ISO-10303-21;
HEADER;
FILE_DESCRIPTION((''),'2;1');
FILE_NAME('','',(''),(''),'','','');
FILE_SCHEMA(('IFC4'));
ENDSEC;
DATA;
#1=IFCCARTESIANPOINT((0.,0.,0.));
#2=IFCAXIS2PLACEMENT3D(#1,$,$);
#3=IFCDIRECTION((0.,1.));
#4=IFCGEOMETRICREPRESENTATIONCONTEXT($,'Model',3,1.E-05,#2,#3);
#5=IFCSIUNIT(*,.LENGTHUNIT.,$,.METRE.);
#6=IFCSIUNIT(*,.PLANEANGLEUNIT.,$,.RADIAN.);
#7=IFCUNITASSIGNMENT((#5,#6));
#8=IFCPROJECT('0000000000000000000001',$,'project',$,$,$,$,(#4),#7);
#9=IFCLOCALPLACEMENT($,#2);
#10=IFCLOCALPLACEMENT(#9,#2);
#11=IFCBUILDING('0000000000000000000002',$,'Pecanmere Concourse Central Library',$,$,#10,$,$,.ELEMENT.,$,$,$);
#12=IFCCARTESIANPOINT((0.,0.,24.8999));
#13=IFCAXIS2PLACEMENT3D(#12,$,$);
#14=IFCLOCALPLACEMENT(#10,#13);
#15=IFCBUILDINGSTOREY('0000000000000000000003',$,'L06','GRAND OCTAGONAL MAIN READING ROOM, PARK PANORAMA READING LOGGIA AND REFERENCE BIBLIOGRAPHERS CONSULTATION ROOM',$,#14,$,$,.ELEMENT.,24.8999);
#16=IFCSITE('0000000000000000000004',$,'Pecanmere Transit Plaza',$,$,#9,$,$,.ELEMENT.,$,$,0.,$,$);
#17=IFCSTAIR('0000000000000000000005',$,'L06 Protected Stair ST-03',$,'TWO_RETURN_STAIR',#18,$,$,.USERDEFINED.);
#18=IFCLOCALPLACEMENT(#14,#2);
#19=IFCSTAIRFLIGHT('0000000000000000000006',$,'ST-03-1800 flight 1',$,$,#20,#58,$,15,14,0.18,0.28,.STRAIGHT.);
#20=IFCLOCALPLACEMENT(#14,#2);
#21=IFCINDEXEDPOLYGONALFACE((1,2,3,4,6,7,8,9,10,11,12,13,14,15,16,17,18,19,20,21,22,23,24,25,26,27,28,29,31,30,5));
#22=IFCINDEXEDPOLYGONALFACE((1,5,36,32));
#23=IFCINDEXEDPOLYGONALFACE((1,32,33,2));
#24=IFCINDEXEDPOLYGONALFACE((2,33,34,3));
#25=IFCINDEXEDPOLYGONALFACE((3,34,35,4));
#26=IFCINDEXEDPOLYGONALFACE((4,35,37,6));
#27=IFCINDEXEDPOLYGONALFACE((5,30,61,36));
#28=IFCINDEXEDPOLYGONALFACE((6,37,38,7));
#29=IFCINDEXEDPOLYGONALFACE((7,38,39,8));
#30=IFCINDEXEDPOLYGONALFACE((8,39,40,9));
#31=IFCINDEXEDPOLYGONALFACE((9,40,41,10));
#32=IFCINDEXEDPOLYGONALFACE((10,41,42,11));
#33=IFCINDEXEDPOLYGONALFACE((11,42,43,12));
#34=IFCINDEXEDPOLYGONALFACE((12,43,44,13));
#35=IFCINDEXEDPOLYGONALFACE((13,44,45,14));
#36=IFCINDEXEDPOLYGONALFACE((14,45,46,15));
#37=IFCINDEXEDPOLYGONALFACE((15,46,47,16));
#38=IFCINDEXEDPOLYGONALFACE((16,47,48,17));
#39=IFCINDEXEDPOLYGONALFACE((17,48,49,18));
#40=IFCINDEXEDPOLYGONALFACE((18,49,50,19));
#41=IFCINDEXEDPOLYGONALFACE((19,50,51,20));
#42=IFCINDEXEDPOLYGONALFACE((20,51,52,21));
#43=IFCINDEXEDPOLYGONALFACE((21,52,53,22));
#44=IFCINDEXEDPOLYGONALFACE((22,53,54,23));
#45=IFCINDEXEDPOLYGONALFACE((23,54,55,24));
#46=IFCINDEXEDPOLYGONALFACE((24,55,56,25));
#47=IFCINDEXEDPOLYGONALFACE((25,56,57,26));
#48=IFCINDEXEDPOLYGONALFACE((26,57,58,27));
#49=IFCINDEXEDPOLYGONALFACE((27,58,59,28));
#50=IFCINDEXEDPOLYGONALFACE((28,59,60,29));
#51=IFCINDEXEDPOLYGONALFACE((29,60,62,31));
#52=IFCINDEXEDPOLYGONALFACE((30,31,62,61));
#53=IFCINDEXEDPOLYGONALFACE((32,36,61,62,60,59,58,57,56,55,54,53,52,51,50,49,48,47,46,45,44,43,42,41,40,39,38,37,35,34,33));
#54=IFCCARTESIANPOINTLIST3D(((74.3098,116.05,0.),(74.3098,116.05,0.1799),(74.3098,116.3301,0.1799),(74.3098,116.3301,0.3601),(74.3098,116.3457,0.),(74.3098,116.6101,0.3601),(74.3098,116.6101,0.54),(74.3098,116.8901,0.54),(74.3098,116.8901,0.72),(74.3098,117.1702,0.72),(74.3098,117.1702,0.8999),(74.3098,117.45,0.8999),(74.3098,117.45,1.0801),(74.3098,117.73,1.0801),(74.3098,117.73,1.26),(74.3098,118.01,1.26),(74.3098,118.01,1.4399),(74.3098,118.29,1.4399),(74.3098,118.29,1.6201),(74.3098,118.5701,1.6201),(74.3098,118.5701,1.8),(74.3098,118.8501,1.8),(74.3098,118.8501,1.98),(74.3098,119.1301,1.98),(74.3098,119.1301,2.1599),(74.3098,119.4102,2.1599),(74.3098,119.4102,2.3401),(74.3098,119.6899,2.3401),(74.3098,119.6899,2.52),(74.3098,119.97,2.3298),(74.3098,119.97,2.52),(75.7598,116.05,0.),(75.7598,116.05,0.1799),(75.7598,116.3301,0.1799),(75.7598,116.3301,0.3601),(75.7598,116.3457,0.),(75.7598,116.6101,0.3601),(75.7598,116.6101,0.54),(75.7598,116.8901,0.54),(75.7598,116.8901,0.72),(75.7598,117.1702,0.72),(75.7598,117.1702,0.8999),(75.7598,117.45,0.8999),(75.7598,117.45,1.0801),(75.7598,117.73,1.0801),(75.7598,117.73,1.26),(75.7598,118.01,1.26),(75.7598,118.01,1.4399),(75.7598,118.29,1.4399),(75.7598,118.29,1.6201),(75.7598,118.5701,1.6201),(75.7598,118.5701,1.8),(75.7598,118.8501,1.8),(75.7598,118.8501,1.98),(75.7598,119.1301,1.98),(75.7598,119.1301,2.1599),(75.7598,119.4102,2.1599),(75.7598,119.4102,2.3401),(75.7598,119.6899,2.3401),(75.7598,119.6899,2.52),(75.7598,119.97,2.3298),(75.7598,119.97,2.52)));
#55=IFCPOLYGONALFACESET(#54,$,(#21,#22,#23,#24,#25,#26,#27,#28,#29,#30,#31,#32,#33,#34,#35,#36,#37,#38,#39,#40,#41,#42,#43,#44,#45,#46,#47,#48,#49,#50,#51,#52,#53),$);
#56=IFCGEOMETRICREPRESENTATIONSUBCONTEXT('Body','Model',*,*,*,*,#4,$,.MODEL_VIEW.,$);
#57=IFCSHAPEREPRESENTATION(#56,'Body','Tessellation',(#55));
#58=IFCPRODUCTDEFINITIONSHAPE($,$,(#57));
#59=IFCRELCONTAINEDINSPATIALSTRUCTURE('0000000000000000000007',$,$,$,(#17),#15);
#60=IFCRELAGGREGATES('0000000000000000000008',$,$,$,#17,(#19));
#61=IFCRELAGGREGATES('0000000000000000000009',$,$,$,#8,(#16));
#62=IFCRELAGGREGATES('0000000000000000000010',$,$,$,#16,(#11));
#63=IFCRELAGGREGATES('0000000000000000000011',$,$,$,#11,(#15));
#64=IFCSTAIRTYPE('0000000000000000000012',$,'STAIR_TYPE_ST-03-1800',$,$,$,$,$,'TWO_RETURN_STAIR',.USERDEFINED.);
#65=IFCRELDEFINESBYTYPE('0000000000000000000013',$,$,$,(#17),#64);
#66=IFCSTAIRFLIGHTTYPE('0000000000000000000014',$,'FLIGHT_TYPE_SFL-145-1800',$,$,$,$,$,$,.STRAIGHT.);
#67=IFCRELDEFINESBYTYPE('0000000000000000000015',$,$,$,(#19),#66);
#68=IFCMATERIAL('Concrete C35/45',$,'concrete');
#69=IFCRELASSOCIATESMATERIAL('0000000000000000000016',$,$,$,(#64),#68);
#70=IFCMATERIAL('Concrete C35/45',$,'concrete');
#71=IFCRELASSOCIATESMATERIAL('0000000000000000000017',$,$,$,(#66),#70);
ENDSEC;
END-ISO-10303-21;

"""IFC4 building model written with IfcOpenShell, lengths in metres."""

from ifc_helpers import new_model, si_unit, direction, frame, origin, place, context, subcontext, project, spatial, polyline, outline, extrude, material, type_object, element, aggregate, save


model = new_model("IFC4")

# Units and contexts
model_context = context("Model", 3, precision=1e-05, world=origin(), true_north=direction((0.0, 1.0)))
body_context = subcontext(model_context, "Body", "Model", "MODEL_VIEW")
ifc_project = project(units=[si_unit("LENGTHUNIT", "METRE"), si_unit("PLANEANGLEUNIT", "RADIAN")], contexts=[model_context])

# Site, building, storey
site_placement = place(None, origin())
site = spatial("IfcSite", under=ifc_project, at=site_placement, Name="Pecanmere Transit Plaza", CompositionType="ELEMENT", RefElevation=0.0)
building_placement = place(site_placement, origin())
building = spatial("IfcBuilding", under=site, at=building_placement, Name="Pecanmere Concourse Central Library", CompositionType="ELEMENT")
storey_placement = place(building_placement, frame((0.0, 0.0, 24.8999)))
storey = spatial("IfcBuildingStorey", under=building, at=storey_placement, Name="L06", Description="GRAND OCTAGONAL MAIN READING ROOM, PARK PANORAMA READING LOGGIA AND REFERENCE BIBLIOGRAPHERS CONSULTATION ROOM", CompositionType="ELEMENT", Elevation=24.8999)

# Stair, stair flight
ifc_material_1 = material(Name="Concrete C35/45", Category="concrete")
stair_type = type_object("IfcStairType", Name="STAIR_TYPE_ST-03-1800", ElementType="TWO_RETURN_STAIR", PredefinedType="USERDEFINED", material=ifc_material_1)
stair_placement = place(storey_placement, origin())
stair = element("IfcStair", 1, at=stair_placement, inside=storey, type_object=stair_type, Name="L06 Protected Stair ST-03", ObjectType="TWO_RETURN_STAIR", PredefinedType="USERDEFINED")
ifc_material_2 = material(Name="Concrete C35/45", Category="concrete")
stair_flight_type = type_object("IfcStairFlightType", Name="FLIGHT_TYPE_SFL-145-1800", PredefinedType="STRAIGHT", material=ifc_material_2)
stair_flight_placement = place(storey_placement, frame((75.0349, 116.05, 0.0), z_axis=(0.0, 0.0, 1.0), x_axis=(0.0, 1.0, 0.0)))
stair_flight = element("IfcStairFlight", 2, at=stair_flight_placement, type_object=stair_flight_type, Name="ST-03-1800 flight 1", NumberOfRisers=15, NumberOfTreads=14, PredefinedType="STRAIGHT", RiserHeight=0.18, TreadLength=0.28, context=body_context, shape_type="SweptSolid", body=[
    extrude(outline(polyline([(0.0, 0.0), (0.0, 0.1799), (0.28, 0.1799), (0.28, 0.3601), (0.5601, 0.3601), (0.5601, 0.54), (0.8401, 0.54), (0.8401, 0.72), (1.1201, 0.72), (1.1201, 0.8999), (1.3999, 0.8999), (1.3999, 1.0801), (1.6799, 1.0801), (1.6799, 1.26), (1.96, 1.26), (1.96, 1.4399), (2.24, 1.4399), (2.24, 1.6201), (2.52, 1.6201), (2.52, 1.8), (2.8, 1.8), (2.8, 1.98), (3.0801, 1.98), (3.0801, 2.1599), (3.3601, 2.1599), (3.3601, 2.3401), (3.6399, 2.3401), (3.6399, 2.52), (3.9199, 2.52), (3.9199, 2.7), (3.9199, 2.3298), (0.2957, 0.0), (0.0, 0.0)])), frame((0.0, 0.7251, 0.0), z_axis=(0.0, -1.0, 0.0), x_axis=(1.0, 0.0, 0.0)), (0.0, 0.0, 1.0), 1.45),
])
aggregate(stair, [stair_flight])

save(model, "model.ifc")
